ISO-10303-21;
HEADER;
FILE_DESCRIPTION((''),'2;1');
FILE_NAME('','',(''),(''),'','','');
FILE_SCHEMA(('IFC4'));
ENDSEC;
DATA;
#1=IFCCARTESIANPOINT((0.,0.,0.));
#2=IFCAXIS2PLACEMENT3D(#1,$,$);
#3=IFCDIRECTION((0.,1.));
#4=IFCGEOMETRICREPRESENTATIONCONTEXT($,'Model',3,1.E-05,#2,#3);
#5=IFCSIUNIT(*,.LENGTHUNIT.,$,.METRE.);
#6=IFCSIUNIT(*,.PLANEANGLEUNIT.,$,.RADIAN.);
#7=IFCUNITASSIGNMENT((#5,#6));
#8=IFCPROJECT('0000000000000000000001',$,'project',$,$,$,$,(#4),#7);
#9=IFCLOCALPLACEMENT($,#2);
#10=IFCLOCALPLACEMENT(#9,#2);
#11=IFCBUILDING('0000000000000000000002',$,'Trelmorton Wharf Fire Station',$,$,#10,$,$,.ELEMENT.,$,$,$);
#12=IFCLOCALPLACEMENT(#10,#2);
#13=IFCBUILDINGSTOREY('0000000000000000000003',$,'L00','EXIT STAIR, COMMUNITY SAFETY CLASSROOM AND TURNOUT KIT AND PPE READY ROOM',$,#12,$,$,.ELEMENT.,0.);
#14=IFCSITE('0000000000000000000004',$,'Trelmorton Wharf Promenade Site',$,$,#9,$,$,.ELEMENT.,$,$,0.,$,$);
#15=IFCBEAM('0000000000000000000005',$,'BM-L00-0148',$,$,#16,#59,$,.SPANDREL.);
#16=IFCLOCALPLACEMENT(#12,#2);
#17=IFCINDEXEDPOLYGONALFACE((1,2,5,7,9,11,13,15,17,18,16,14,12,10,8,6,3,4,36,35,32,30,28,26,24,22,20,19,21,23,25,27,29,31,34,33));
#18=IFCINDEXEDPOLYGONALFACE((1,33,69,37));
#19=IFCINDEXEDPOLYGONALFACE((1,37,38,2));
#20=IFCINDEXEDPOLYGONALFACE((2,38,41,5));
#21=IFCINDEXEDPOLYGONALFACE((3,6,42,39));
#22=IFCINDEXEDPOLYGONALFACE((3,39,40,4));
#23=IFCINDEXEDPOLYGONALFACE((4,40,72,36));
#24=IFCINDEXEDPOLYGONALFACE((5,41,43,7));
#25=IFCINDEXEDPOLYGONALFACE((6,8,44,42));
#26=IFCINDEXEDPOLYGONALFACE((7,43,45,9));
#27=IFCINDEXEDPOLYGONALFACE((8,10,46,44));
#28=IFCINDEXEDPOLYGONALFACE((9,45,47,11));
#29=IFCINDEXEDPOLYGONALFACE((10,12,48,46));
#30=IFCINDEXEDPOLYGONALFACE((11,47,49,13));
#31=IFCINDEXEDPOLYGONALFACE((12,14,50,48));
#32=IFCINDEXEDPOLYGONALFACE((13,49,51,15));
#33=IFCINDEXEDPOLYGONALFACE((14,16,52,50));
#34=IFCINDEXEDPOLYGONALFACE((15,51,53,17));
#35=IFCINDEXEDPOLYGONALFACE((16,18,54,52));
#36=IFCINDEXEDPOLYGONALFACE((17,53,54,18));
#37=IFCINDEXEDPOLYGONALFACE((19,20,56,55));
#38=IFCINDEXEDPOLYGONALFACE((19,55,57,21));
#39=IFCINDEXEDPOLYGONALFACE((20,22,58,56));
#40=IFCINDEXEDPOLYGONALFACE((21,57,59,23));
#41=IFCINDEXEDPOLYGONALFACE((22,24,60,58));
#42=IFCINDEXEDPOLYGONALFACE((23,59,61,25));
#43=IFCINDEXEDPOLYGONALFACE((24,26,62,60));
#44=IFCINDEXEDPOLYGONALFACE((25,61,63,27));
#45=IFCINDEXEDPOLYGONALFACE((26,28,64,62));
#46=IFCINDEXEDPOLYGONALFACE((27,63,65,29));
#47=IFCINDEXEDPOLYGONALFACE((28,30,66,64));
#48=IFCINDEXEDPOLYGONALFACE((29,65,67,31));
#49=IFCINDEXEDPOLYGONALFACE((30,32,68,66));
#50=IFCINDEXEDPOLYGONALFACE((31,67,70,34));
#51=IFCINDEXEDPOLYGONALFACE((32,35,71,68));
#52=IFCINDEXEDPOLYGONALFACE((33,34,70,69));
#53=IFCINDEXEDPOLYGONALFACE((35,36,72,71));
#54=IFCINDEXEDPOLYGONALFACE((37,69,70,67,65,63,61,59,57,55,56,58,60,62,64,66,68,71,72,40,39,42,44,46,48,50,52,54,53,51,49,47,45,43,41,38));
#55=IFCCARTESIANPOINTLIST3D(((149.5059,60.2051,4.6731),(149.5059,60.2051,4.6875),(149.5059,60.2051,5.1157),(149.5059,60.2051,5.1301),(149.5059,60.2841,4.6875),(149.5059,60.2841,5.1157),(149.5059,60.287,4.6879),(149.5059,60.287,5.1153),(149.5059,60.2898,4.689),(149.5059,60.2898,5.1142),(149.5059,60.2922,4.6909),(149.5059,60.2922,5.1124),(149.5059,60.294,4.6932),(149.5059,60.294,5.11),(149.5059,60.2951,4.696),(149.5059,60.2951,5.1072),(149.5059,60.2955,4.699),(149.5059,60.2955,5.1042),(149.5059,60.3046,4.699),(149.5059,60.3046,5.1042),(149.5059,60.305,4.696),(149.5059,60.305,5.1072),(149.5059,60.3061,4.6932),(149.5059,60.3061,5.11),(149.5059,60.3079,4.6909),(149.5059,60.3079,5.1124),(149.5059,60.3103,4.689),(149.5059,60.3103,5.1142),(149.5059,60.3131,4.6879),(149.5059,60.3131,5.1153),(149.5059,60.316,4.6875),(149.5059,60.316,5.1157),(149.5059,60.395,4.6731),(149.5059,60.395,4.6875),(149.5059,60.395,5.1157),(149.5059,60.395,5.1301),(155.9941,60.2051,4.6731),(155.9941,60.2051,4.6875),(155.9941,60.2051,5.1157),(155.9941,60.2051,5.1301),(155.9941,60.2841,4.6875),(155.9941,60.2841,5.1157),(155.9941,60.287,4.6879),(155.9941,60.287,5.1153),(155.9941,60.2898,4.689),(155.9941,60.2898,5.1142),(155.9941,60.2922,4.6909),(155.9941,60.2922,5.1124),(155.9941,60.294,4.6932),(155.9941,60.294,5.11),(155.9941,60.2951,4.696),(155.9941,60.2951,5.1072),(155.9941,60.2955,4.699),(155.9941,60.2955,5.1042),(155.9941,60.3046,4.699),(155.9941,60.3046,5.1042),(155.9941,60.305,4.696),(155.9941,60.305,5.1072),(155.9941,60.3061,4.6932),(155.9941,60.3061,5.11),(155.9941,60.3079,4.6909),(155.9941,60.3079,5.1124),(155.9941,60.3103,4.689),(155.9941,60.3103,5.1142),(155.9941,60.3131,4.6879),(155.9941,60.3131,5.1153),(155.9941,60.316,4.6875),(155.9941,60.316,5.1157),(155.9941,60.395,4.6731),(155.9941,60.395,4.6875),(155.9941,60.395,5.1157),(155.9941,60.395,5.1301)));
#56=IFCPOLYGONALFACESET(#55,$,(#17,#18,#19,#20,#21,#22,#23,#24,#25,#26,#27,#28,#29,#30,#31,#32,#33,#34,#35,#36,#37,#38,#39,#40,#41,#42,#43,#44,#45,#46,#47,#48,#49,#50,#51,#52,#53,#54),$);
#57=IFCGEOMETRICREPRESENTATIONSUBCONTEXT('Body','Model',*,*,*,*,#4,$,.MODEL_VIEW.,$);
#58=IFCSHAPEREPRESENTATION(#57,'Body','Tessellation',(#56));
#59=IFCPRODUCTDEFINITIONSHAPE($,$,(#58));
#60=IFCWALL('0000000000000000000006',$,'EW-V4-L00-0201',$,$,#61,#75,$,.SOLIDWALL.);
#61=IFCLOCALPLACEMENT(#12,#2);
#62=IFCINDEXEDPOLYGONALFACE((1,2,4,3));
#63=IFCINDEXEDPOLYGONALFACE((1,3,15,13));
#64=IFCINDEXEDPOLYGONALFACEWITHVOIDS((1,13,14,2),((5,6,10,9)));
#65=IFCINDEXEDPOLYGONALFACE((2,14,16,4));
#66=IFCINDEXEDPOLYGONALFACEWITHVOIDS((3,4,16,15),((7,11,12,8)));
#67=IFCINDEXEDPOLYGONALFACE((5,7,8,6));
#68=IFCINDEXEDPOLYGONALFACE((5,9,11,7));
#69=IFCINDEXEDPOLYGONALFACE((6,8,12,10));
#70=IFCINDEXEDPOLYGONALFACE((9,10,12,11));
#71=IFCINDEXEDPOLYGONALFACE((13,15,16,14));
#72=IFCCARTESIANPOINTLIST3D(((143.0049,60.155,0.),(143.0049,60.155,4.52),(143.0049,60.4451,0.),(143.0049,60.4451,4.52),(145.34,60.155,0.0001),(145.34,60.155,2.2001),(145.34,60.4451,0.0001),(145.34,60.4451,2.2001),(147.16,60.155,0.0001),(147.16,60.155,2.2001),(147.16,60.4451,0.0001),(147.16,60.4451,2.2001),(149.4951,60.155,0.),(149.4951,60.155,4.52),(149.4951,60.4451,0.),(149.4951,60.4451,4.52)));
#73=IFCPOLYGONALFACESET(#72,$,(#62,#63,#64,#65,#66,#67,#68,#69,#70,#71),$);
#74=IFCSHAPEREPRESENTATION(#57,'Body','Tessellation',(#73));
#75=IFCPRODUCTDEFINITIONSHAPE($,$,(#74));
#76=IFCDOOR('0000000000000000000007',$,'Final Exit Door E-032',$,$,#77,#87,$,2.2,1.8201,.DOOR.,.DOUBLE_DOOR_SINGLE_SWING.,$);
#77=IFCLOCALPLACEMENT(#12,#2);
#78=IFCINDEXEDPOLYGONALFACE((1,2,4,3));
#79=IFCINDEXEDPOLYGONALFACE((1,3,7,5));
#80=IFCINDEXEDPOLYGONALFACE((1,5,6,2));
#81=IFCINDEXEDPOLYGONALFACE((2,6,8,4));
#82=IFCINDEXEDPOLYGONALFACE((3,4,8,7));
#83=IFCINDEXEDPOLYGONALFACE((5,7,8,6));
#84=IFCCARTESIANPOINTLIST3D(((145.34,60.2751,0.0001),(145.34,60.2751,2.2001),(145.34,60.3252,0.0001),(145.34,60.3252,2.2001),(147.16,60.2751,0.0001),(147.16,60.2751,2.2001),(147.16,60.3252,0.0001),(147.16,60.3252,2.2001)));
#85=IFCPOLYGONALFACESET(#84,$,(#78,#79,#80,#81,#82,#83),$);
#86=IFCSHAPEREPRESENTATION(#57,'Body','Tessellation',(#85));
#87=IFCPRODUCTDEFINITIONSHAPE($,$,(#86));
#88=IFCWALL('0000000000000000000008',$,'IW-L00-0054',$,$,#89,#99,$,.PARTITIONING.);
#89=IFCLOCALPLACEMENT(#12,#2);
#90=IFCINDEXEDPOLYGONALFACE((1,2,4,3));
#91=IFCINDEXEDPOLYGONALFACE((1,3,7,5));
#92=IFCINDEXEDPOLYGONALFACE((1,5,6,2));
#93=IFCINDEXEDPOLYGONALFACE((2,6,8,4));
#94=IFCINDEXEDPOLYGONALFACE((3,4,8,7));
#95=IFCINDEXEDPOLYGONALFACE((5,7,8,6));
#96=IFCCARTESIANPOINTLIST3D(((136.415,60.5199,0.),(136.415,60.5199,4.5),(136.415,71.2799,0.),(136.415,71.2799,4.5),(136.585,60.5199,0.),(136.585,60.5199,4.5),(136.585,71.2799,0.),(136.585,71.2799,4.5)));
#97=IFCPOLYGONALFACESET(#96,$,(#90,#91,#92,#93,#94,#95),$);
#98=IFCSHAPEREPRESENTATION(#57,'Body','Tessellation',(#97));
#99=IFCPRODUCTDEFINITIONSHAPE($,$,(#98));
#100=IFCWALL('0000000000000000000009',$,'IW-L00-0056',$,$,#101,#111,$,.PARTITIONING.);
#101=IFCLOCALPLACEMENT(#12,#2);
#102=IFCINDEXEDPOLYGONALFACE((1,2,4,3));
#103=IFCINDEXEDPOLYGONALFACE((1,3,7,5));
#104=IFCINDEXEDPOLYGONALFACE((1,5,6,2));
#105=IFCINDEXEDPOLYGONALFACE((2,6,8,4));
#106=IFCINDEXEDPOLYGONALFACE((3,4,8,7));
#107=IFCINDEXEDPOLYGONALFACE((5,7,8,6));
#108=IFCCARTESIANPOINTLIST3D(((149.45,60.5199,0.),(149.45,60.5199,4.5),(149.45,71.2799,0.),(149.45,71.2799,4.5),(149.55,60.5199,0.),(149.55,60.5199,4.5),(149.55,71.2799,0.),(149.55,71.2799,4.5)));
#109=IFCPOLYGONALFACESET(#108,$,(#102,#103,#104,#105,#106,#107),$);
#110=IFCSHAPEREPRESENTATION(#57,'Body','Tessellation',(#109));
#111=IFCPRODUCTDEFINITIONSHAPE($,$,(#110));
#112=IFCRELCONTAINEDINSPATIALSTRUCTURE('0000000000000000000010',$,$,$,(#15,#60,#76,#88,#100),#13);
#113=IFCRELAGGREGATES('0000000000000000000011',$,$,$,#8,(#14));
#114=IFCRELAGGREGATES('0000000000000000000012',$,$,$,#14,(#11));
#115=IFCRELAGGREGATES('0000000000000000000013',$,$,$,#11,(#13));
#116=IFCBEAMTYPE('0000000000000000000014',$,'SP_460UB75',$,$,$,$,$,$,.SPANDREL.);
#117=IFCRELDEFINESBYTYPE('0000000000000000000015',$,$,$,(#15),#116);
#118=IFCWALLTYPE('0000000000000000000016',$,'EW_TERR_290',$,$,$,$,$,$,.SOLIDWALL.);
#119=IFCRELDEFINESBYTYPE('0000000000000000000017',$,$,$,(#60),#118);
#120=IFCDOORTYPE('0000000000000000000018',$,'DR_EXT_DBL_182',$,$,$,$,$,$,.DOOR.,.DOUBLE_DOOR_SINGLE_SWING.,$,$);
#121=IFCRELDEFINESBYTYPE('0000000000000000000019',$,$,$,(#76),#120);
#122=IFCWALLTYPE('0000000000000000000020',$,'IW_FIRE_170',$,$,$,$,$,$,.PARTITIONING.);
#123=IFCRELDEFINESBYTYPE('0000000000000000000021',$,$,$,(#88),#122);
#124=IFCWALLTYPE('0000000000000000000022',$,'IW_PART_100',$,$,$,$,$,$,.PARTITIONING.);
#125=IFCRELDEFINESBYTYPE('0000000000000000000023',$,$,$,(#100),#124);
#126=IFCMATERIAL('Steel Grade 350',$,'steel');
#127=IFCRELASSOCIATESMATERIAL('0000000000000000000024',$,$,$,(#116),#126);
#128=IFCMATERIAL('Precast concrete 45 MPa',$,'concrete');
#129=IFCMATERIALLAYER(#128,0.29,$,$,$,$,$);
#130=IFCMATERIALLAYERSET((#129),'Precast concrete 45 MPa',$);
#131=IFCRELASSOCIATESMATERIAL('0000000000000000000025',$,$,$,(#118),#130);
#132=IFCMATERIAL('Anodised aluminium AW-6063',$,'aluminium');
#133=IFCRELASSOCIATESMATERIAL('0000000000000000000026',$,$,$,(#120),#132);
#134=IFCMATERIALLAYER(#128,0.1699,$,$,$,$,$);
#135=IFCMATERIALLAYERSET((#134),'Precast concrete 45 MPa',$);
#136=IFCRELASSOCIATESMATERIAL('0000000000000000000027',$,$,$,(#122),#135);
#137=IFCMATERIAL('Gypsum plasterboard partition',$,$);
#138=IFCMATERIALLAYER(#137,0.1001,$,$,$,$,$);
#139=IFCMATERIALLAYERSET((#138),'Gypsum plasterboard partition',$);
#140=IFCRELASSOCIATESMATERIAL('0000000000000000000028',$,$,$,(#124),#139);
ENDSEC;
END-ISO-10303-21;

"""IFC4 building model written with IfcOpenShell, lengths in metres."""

from ifc_helpers import new_model, si_unit, direction, frame, frame_2d, origin, origin_2d, place, context, subcontext, project, spatial, rectangle, i_section, extrude, material, layer, layer_set, material_profile, profile_set, type_object, element, fill, save


model = new_model("IFC4")

# Units and contexts
model_context = context("Model", 3, precision=1e-05, world=origin(), true_north=direction((0.0, 1.0)))
body_context = subcontext(model_context, "Body", "Model", "MODEL_VIEW")
ifc_project = project(units=[si_unit("LENGTHUNIT", "METRE"), si_unit("PLANEANGLEUNIT", "RADIAN")], contexts=[model_context])

# Site, building, storey
site_placement = place(None, origin())
site = spatial("IfcSite", under=ifc_project, at=site_placement, Name="Trelmorton Wharf Promenade Site", CompositionType="ELEMENT", RefElevation=0.0)
building_placement = place(site_placement, origin())
building = spatial("IfcBuilding", under=site, at=building_placement, Name="Trelmorton Wharf Fire Station", CompositionType="ELEMENT")
storey_placement = place(building_placement, origin())
storey = spatial("IfcBuildingStorey", under=building, at=storey_placement, Name="L00", Description="EXIT STAIR, COMMUNITY SAFETY CLASSROOM AND TURNOUT KIT AND PPE READY ROOM", CompositionType="ELEMENT", Elevation=0.0)

# Shared definitions
ifc_material_1 = material(Name="Steel Grade 350", Category="steel")

# Shared definitions
ifc_material_2 = material(Name="Anodised aluminium AW-6063", Category="aluminium")

# Beam
ifc_material_profile_1 = material_profile(ifc_material_1, i_section(OverallWidth=0.1899, OverallDepth=0.457, WebThickness=0.009, FlangeThickness=0.0144, FilletRadius=0.0115, at=origin_2d()), Name="460UB74.6")
ifc_profile_set_1 = profile_set([ifc_material_profile_1], Name="Steel Grade 350")
beam_type_1 = type_object("IfcBeamType", Name="SP_460UB75", PredefinedType="SPANDREL", material=ifc_profile_set_1)
beam_placement = place(storey_placement, frame((149.5059, 60.3, 4.9016), z_axis=(1.0, 0.0, 0.0), x_axis=(0.0, 1.0, 0.0)))
element("IfcBeam", 1, at=beam_placement, inside=storey, type_object=beam_type_1, Name="BM-L00-0148", PredefinedType="SPANDREL", context=body_context, shape_type="SweptSolid", body=[
    extrude(i_section(OverallWidth=0.1899, OverallDepth=0.457, WebThickness=0.009, FlangeThickness=0.0144, FilletRadius=0.0115, at=origin_2d()), origin(), (0.0, 0.0, 1.0), 6.4883),
])

# Wall, opening, door
ifc_material_3 = material(Name="Precast concrete 45 MPa", Category="concrete")
ifc_layer_1 = layer(ifc_material_3, 0.29)
ifc_layer_set_1 = layer_set([ifc_layer_1], Name="Precast concrete 45 MPa")
wall_type_1 = type_object("IfcWallType", Name="EW_TERR_290", PredefinedType="SOLIDWALL", material=ifc_layer_set_1)
wall_1_placement = place(storey_placement, frame((149.4951, 60.3, 0.0), z_axis=(0.0, 0.0, 1.0), x_axis=(-1.0, 0.0, 0.0)))
wall_1 = element("IfcWall", 2, at=wall_1_placement, inside=storey, type_object=wall_type_1, Name="EW-V4-L00-0201", PredefinedType="SOLIDWALL", context=body_context, shape_type="SweptSolid", body=[
    extrude(rectangle(XDim=6.4902, YDim=0.29, at=frame_2d((3.2451, 0.0))), origin(), (0.0, 0.0, 1.0), 4.52),
])
opening_placement = place(wall_1_placement, frame((2.335, 0.0, 0.0)))
opening = element("IfcOpeningElement", 3, at=opening_placement, cuts=wall_1, PredefinedType="OPENING", context=body_context, shape_type="SweptSolid", body=[
    extrude(rectangle(XDim=1.8201, YDim=2.2, at=frame_2d((0.9102, 1.1001))), frame((0.0, 0.155, 0.0), z_axis=(0.0, -1.0, 0.0), x_axis=(1.0, 0.0, 0.0)), (0.0, 0.0, 1.0), 0.3101),
])
door_type = type_object("IfcDoorType", Name="DR_EXT_DBL_182", OperationType="DOUBLE_DOOR_SINGLE_SWING", PredefinedType="DOOR", material=ifc_material_2)
door_placement = place(opening_placement, origin())
door = element("IfcDoor", 4, at=door_placement, inside=storey, type_object=door_type, Name="Final Exit Door E-032", OperationType="DOUBLE_DOOR_SINGLE_SWING", OverallHeight=2.2, OverallWidth=1.8201, PredefinedType="DOOR", context=body_context, shape_type="SweptSolid", body=[
    extrude(rectangle(XDim=1.8201, YDim=2.2, at=frame_2d((0.9102, 1.1001))), frame((0.0, 0.0249, 0.0), z_axis=(0.0, -1.0, 0.0), x_axis=(1.0, 0.0, 0.0)), (0.0, 0.0, 1.0), 0.05),
])
fill(opening, door)

# Walls
ifc_layer_2 = layer(ifc_material_3, 0.1699)
ifc_layer_set_2 = layer_set([ifc_layer_2], Name="Precast concrete 45 MPa")
wall_type_2 = type_object("IfcWallType", Name="IW_FIRE_170", PredefinedType="PARTITIONING", material=ifc_layer_set_2)
wall_2_placement = place(storey_placement, frame((136.5, 60.52, 0.0), z_axis=(0.0, 0.0, 1.0), x_axis=(0.0, 1.0, 0.0)))
element("IfcWall", 5, at=wall_2_placement, inside=storey, type_object=wall_type_2, Name="IW-L00-0054", PredefinedType="PARTITIONING", context=body_context, shape_type="SweptSolid", body=[
    extrude(rectangle(XDim=10.76, YDim=0.1699, at=frame_2d((5.3799, 0.0))), origin(), (0.0, 0.0, 1.0), 4.5),
])
ifc_material_4 = material(Name="Gypsum plasterboard partition")
ifc_layer_3 = layer(ifc_material_4, 0.1001)
ifc_layer_set_3 = layer_set([ifc_layer_3], Name="Gypsum plasterboard partition")
wall_type_3 = type_object("IfcWallType", Name="IW_PART_100", PredefinedType="PARTITIONING", material=ifc_layer_set_3)
wall_3_placement = place(storey_placement, frame((149.5, 60.52, 0.0), z_axis=(0.0, 0.0, 1.0), x_axis=(0.0, 1.0, 0.0)))
element("IfcWall", 6, at=wall_3_placement, inside=storey, type_object=wall_type_3, Name="IW-L00-0056", PredefinedType="PARTITIONING", context=body_context, shape_type="SweptSolid", body=[
    extrude(rectangle(XDim=10.76, YDim=0.1001, at=frame_2d((5.3799, 0.0))), origin(), (0.0, 0.0, 1.0), 4.5),
])

save(model, "model.ifc")
